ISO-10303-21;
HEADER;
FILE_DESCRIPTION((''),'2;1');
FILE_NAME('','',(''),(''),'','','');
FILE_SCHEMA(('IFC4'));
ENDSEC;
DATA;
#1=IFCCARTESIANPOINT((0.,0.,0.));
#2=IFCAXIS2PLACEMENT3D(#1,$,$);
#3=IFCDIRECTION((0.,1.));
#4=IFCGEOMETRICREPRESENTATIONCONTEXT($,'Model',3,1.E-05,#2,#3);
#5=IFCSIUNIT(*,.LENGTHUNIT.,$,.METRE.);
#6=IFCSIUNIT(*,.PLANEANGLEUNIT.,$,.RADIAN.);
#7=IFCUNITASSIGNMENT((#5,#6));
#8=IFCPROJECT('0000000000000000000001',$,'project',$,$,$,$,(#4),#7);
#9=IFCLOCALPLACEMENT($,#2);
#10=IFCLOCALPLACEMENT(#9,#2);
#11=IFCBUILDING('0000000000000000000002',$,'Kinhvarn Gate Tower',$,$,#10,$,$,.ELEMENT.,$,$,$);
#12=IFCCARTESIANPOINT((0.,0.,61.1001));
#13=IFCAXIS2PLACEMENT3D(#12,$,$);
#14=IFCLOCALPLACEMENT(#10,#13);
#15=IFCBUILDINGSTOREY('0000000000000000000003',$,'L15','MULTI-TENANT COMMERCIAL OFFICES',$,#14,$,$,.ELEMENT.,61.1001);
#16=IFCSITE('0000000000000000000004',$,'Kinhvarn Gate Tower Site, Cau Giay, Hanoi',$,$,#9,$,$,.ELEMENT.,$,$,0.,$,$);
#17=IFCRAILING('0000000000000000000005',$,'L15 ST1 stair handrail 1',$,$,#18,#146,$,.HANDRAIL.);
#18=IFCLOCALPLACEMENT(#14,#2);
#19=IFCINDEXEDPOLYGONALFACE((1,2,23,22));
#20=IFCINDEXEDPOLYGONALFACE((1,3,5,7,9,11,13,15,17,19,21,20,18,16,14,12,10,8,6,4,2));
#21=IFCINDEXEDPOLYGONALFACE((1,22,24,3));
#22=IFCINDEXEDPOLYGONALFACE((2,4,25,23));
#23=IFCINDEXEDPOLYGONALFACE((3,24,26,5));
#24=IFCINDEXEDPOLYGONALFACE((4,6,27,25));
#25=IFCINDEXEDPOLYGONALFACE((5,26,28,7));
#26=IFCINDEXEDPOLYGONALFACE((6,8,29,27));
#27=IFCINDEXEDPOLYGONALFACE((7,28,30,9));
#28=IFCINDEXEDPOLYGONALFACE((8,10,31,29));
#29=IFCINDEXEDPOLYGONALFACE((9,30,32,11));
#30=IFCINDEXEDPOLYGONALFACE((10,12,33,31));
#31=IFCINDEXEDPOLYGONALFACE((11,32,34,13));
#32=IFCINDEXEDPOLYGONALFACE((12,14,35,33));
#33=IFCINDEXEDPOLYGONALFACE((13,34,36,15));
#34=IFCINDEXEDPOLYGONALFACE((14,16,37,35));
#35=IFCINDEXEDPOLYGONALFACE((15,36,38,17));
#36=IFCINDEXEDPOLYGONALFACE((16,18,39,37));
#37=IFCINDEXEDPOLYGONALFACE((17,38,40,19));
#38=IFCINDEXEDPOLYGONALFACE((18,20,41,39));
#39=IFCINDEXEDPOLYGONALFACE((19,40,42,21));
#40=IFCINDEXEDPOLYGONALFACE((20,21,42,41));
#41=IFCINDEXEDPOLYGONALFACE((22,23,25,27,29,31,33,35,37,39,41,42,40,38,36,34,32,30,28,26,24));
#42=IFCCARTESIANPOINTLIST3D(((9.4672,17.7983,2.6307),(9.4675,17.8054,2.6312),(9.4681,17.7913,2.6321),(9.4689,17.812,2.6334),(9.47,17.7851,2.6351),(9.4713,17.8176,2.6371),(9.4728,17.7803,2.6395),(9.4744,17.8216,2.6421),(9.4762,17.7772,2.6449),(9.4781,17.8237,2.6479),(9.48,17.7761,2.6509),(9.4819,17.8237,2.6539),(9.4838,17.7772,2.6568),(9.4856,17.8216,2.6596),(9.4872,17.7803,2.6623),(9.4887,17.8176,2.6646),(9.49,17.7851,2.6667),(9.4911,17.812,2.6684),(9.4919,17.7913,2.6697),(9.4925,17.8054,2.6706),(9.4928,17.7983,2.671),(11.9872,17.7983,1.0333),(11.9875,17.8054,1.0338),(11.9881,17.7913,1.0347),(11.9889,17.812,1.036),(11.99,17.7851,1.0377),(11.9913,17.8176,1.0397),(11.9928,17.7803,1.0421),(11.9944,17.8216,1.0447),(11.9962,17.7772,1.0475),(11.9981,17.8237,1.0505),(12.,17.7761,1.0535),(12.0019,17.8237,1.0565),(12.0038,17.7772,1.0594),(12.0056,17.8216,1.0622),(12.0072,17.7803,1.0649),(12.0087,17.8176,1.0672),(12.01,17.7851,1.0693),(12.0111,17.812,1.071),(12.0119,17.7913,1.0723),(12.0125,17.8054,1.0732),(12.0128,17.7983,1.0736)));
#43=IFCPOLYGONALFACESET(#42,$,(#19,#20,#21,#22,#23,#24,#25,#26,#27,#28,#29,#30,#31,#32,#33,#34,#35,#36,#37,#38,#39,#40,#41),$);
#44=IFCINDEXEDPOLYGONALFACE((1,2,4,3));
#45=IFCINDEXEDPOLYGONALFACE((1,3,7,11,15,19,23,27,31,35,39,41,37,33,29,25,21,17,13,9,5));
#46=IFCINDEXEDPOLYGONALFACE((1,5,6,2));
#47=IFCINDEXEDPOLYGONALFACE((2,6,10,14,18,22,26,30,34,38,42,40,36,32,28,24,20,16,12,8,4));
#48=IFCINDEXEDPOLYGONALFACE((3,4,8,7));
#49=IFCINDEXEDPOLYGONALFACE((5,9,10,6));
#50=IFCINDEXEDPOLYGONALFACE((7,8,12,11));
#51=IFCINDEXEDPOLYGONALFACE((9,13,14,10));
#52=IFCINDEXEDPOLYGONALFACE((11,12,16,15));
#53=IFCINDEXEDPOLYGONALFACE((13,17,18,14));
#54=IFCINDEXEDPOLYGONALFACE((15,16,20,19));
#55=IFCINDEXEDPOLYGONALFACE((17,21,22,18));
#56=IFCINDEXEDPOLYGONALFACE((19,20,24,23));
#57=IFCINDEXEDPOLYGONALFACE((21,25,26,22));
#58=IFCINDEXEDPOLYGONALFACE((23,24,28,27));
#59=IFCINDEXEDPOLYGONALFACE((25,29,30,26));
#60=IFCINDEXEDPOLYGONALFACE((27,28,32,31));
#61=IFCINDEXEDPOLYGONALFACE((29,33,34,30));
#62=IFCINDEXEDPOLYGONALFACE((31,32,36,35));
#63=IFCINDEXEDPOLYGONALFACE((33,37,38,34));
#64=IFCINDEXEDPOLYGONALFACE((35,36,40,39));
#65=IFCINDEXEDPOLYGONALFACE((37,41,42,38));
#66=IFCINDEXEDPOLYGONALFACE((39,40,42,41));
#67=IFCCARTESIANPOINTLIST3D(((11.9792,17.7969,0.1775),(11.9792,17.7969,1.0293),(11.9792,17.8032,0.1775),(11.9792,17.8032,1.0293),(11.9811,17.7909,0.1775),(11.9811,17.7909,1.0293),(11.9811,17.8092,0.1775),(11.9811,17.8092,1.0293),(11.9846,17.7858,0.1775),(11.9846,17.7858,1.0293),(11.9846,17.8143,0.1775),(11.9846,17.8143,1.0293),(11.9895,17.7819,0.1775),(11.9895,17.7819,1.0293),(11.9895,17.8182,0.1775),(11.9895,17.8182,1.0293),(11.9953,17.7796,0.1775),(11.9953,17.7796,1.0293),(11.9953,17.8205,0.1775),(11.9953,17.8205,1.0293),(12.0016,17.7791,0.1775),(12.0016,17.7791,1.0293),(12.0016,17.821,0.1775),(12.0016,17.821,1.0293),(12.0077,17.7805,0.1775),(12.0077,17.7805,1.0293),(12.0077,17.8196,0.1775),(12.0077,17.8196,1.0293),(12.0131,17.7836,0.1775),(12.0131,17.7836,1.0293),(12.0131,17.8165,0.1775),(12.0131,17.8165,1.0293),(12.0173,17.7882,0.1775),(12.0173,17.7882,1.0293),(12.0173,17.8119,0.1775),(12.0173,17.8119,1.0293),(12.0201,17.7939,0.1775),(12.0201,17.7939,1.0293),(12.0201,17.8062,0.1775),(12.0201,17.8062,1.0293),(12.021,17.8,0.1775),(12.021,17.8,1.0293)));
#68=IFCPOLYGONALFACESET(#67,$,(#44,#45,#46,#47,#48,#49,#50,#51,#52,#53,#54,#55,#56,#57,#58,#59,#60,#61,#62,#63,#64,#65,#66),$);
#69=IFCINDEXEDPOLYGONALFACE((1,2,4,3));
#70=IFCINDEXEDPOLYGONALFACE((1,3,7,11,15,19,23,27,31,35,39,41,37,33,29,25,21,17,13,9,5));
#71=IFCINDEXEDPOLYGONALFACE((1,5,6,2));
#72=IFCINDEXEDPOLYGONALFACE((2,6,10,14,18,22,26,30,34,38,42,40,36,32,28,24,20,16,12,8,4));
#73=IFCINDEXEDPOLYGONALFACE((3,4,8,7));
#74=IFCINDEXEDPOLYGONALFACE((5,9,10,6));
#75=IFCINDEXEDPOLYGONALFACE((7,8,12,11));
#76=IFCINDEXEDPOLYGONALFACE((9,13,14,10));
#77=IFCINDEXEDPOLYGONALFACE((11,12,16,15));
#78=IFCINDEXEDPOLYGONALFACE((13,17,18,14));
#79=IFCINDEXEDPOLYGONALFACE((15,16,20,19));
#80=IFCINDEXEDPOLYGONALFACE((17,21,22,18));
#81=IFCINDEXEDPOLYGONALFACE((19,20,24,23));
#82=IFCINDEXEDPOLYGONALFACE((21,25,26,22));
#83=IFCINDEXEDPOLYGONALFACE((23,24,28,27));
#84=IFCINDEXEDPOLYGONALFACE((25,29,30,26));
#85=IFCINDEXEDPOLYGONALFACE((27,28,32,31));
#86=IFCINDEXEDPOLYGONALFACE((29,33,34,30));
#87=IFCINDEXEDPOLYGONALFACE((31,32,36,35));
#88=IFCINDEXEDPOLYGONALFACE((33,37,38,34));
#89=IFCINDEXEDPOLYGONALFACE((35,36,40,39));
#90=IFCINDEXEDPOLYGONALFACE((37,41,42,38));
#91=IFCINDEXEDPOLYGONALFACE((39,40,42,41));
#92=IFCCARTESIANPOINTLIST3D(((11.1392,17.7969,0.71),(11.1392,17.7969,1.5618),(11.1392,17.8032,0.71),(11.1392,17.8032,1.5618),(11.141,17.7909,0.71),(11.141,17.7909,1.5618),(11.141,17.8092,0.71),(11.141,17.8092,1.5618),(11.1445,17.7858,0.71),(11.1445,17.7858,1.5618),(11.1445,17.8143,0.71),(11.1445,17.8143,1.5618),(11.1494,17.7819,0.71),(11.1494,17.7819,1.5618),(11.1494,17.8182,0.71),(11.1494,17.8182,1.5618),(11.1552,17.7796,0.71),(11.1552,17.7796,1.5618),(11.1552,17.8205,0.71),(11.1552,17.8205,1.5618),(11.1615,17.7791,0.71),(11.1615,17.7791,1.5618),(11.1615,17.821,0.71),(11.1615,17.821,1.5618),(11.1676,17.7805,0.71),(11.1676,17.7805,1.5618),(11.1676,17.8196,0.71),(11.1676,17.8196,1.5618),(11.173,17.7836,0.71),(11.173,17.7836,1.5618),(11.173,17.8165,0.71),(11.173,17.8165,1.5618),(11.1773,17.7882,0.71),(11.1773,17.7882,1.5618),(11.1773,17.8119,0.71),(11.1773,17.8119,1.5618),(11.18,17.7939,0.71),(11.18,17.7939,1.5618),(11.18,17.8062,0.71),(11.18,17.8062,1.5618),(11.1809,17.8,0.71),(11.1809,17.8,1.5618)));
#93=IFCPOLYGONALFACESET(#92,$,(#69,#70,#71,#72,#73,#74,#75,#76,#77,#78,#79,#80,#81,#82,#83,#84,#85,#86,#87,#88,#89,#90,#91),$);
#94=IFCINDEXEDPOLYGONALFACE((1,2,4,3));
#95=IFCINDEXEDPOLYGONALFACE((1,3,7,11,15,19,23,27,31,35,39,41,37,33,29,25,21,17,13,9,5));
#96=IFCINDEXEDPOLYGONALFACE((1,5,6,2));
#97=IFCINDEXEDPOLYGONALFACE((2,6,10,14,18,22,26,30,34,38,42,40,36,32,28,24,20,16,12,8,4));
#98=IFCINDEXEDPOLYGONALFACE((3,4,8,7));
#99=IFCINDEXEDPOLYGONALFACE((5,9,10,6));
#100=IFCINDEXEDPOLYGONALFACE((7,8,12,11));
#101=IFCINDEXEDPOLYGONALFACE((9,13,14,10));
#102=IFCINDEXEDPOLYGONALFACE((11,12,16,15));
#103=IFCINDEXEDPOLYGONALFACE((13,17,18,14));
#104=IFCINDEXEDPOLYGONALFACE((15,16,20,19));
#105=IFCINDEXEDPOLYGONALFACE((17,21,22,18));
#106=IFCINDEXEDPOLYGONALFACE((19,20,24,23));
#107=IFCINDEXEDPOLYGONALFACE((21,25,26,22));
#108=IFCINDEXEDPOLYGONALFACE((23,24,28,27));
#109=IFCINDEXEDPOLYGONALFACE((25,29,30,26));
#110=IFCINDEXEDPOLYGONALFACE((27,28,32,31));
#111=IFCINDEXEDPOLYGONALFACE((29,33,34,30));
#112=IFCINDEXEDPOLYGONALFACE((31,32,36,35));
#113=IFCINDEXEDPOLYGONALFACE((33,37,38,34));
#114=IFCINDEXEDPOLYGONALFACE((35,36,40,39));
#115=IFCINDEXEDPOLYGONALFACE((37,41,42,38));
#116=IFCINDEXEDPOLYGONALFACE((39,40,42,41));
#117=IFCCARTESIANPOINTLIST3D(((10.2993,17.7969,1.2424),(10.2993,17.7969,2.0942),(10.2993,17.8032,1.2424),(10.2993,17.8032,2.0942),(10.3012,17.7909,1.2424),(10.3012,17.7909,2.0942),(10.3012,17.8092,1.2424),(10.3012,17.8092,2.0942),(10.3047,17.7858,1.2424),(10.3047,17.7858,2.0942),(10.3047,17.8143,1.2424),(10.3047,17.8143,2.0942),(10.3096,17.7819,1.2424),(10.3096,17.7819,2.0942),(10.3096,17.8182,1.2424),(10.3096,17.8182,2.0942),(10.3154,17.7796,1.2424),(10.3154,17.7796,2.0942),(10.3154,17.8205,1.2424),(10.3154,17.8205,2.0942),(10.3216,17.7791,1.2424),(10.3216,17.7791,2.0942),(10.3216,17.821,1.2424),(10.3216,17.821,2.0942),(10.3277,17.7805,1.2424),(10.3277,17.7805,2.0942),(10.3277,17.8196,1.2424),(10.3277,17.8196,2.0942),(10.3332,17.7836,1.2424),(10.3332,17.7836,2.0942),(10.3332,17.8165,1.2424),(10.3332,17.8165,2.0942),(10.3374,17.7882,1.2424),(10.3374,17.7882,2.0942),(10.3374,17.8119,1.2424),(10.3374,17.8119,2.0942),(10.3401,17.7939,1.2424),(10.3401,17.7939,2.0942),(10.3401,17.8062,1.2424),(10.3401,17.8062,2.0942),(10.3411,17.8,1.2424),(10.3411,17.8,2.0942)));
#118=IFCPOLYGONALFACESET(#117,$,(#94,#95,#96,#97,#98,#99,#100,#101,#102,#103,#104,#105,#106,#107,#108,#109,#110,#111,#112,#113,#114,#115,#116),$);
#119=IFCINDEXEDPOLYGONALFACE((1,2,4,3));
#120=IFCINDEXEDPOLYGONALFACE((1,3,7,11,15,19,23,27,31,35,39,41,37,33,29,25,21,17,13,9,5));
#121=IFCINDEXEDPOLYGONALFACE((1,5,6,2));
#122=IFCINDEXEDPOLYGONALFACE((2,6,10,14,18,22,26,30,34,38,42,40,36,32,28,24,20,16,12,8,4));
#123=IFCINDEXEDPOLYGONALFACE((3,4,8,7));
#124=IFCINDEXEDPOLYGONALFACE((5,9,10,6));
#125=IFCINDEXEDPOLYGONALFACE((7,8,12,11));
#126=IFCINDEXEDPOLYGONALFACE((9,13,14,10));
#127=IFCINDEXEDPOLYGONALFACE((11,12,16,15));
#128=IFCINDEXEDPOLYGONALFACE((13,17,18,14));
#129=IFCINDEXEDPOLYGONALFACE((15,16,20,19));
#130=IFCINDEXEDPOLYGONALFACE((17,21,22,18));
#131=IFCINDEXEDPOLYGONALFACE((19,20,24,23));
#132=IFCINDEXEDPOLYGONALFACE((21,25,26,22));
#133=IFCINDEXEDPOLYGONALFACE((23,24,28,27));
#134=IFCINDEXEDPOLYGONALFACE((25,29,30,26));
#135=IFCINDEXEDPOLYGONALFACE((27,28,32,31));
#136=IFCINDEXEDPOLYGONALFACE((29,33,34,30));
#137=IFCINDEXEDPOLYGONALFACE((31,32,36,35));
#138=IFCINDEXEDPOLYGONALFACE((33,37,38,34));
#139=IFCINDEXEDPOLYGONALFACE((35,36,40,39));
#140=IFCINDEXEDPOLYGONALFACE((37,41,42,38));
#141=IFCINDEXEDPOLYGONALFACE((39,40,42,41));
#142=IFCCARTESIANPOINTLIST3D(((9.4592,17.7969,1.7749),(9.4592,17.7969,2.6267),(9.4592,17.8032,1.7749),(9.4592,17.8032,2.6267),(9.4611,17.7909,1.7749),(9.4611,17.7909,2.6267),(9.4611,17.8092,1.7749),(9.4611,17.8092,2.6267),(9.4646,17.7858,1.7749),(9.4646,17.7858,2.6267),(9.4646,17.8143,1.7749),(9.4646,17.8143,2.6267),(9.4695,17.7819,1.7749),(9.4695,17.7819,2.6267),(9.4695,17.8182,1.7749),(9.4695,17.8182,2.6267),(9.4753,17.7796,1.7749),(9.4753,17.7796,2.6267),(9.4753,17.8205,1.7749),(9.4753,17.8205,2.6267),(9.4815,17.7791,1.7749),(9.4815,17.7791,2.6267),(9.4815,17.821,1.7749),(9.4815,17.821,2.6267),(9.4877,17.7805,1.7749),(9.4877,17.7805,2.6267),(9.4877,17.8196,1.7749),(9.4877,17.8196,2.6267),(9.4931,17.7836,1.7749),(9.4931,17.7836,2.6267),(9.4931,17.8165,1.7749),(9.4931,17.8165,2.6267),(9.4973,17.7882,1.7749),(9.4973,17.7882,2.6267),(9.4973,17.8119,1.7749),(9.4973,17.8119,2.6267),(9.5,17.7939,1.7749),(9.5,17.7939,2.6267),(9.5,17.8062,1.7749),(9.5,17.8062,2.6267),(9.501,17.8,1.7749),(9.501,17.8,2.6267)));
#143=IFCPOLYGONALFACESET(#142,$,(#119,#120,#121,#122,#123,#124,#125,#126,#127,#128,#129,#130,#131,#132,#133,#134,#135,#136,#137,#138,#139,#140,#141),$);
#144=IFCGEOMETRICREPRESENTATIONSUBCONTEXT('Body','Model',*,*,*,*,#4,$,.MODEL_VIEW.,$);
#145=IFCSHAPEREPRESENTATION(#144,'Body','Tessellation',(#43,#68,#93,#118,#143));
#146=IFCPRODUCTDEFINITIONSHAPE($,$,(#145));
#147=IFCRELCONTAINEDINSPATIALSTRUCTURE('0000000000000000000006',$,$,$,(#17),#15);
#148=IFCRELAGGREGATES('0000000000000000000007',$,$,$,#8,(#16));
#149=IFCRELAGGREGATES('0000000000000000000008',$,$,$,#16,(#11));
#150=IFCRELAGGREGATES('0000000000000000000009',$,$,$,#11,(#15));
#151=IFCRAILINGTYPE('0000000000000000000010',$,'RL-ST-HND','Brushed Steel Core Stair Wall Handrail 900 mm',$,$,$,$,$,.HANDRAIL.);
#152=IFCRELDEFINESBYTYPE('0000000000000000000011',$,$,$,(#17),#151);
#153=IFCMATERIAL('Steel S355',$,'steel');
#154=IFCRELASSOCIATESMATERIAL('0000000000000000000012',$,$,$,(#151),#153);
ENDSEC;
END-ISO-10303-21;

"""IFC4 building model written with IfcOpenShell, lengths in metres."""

from ifc_helpers import new_model, si_unit, direction, frame, origin, origin_2d, place, context, subcontext, project, spatial, circle, extrude, material, type_object, element, save


model = new_model("IFC4")

# Units and contexts
model_context = context("Model", 3, precision=1e-05, world=origin(), true_north=direction((0.0, 1.0)))
body_context = subcontext(model_context, "Body", "Model", "MODEL_VIEW")
ifc_project = project(units=[si_unit("LENGTHUNIT", "METRE"), si_unit("PLANEANGLEUNIT", "RADIAN")], contexts=[model_context])

# Site, building, storey
site_placement = place(None, origin())
site = spatial("IfcSite", under=ifc_project, at=site_placement, Name="Kinhvarn Gate Tower Site, Cau Giay, Hanoi", CompositionType="ELEMENT", RefElevation=0.0)
building_placement = place(site_placement, origin())
building = spatial("IfcBuilding", under=site, at=building_placement, Name="Kinhvarn Gate Tower", CompositionType="ELEMENT")
storey_placement = place(building_placement, frame((0.0, 0.0, 61.1001)))
storey = spatial("IfcBuildingStorey", under=building, at=storey_placement, Name="L15", Description="MULTI-TENANT COMMERCIAL OFFICES", CompositionType="ELEMENT", Elevation=61.1001)

# Railing
ifc_material_1 = material(Name="Steel S355", Category="steel")
railing_type_1 = type_object("IfcRailingType", Name="RL-ST-HND", Description="Brushed Steel Core Stair Wall Handrail 900 mm", PredefinedType="HANDRAIL", material=ifc_material_1)
railing_1_placement = place(storey_placement, frame((12.0, 17.8, 0.1775)))
element("IfcRailing", 1, at=railing_1_placement, inside=storey, type_object=railing_type_1, Name="L15 ST1 stair handrail 1", PredefinedType="HANDRAIL", context=body_context, shape_type="SweptSolid", body=[
    extrude(circle(Radius=0.0239, at=origin_2d()), frame((0.0, 0.0, 0.876), z_axis=(-0.844607, 0.0, 0.535387), x_axis=(0.0, -1.0, 0.0)), (0.0, 0.0, 1.0), 2.9836),
    extrude(circle(Radius=0.021, at=origin_2d()), origin(), (0.0, 0.0, 1.0), 0.8518),
    extrude(circle(Radius=0.021, at=origin_2d()), frame((-0.8401, 0.0, 0.5325)), (0.0, 0.0, 1.0), 0.8518),
    extrude(circle(Radius=0.021, at=origin_2d()), frame((-1.6799, 0.0, 1.0649)), (0.0, 0.0, 1.0), 0.8518),
    extrude(circle(Radius=0.021, at=origin_2d()), frame((-2.52, 0.0, 1.5974)), (0.0, 0.0, 1.0), 0.8518),
])

save(model, "model.ifc")
